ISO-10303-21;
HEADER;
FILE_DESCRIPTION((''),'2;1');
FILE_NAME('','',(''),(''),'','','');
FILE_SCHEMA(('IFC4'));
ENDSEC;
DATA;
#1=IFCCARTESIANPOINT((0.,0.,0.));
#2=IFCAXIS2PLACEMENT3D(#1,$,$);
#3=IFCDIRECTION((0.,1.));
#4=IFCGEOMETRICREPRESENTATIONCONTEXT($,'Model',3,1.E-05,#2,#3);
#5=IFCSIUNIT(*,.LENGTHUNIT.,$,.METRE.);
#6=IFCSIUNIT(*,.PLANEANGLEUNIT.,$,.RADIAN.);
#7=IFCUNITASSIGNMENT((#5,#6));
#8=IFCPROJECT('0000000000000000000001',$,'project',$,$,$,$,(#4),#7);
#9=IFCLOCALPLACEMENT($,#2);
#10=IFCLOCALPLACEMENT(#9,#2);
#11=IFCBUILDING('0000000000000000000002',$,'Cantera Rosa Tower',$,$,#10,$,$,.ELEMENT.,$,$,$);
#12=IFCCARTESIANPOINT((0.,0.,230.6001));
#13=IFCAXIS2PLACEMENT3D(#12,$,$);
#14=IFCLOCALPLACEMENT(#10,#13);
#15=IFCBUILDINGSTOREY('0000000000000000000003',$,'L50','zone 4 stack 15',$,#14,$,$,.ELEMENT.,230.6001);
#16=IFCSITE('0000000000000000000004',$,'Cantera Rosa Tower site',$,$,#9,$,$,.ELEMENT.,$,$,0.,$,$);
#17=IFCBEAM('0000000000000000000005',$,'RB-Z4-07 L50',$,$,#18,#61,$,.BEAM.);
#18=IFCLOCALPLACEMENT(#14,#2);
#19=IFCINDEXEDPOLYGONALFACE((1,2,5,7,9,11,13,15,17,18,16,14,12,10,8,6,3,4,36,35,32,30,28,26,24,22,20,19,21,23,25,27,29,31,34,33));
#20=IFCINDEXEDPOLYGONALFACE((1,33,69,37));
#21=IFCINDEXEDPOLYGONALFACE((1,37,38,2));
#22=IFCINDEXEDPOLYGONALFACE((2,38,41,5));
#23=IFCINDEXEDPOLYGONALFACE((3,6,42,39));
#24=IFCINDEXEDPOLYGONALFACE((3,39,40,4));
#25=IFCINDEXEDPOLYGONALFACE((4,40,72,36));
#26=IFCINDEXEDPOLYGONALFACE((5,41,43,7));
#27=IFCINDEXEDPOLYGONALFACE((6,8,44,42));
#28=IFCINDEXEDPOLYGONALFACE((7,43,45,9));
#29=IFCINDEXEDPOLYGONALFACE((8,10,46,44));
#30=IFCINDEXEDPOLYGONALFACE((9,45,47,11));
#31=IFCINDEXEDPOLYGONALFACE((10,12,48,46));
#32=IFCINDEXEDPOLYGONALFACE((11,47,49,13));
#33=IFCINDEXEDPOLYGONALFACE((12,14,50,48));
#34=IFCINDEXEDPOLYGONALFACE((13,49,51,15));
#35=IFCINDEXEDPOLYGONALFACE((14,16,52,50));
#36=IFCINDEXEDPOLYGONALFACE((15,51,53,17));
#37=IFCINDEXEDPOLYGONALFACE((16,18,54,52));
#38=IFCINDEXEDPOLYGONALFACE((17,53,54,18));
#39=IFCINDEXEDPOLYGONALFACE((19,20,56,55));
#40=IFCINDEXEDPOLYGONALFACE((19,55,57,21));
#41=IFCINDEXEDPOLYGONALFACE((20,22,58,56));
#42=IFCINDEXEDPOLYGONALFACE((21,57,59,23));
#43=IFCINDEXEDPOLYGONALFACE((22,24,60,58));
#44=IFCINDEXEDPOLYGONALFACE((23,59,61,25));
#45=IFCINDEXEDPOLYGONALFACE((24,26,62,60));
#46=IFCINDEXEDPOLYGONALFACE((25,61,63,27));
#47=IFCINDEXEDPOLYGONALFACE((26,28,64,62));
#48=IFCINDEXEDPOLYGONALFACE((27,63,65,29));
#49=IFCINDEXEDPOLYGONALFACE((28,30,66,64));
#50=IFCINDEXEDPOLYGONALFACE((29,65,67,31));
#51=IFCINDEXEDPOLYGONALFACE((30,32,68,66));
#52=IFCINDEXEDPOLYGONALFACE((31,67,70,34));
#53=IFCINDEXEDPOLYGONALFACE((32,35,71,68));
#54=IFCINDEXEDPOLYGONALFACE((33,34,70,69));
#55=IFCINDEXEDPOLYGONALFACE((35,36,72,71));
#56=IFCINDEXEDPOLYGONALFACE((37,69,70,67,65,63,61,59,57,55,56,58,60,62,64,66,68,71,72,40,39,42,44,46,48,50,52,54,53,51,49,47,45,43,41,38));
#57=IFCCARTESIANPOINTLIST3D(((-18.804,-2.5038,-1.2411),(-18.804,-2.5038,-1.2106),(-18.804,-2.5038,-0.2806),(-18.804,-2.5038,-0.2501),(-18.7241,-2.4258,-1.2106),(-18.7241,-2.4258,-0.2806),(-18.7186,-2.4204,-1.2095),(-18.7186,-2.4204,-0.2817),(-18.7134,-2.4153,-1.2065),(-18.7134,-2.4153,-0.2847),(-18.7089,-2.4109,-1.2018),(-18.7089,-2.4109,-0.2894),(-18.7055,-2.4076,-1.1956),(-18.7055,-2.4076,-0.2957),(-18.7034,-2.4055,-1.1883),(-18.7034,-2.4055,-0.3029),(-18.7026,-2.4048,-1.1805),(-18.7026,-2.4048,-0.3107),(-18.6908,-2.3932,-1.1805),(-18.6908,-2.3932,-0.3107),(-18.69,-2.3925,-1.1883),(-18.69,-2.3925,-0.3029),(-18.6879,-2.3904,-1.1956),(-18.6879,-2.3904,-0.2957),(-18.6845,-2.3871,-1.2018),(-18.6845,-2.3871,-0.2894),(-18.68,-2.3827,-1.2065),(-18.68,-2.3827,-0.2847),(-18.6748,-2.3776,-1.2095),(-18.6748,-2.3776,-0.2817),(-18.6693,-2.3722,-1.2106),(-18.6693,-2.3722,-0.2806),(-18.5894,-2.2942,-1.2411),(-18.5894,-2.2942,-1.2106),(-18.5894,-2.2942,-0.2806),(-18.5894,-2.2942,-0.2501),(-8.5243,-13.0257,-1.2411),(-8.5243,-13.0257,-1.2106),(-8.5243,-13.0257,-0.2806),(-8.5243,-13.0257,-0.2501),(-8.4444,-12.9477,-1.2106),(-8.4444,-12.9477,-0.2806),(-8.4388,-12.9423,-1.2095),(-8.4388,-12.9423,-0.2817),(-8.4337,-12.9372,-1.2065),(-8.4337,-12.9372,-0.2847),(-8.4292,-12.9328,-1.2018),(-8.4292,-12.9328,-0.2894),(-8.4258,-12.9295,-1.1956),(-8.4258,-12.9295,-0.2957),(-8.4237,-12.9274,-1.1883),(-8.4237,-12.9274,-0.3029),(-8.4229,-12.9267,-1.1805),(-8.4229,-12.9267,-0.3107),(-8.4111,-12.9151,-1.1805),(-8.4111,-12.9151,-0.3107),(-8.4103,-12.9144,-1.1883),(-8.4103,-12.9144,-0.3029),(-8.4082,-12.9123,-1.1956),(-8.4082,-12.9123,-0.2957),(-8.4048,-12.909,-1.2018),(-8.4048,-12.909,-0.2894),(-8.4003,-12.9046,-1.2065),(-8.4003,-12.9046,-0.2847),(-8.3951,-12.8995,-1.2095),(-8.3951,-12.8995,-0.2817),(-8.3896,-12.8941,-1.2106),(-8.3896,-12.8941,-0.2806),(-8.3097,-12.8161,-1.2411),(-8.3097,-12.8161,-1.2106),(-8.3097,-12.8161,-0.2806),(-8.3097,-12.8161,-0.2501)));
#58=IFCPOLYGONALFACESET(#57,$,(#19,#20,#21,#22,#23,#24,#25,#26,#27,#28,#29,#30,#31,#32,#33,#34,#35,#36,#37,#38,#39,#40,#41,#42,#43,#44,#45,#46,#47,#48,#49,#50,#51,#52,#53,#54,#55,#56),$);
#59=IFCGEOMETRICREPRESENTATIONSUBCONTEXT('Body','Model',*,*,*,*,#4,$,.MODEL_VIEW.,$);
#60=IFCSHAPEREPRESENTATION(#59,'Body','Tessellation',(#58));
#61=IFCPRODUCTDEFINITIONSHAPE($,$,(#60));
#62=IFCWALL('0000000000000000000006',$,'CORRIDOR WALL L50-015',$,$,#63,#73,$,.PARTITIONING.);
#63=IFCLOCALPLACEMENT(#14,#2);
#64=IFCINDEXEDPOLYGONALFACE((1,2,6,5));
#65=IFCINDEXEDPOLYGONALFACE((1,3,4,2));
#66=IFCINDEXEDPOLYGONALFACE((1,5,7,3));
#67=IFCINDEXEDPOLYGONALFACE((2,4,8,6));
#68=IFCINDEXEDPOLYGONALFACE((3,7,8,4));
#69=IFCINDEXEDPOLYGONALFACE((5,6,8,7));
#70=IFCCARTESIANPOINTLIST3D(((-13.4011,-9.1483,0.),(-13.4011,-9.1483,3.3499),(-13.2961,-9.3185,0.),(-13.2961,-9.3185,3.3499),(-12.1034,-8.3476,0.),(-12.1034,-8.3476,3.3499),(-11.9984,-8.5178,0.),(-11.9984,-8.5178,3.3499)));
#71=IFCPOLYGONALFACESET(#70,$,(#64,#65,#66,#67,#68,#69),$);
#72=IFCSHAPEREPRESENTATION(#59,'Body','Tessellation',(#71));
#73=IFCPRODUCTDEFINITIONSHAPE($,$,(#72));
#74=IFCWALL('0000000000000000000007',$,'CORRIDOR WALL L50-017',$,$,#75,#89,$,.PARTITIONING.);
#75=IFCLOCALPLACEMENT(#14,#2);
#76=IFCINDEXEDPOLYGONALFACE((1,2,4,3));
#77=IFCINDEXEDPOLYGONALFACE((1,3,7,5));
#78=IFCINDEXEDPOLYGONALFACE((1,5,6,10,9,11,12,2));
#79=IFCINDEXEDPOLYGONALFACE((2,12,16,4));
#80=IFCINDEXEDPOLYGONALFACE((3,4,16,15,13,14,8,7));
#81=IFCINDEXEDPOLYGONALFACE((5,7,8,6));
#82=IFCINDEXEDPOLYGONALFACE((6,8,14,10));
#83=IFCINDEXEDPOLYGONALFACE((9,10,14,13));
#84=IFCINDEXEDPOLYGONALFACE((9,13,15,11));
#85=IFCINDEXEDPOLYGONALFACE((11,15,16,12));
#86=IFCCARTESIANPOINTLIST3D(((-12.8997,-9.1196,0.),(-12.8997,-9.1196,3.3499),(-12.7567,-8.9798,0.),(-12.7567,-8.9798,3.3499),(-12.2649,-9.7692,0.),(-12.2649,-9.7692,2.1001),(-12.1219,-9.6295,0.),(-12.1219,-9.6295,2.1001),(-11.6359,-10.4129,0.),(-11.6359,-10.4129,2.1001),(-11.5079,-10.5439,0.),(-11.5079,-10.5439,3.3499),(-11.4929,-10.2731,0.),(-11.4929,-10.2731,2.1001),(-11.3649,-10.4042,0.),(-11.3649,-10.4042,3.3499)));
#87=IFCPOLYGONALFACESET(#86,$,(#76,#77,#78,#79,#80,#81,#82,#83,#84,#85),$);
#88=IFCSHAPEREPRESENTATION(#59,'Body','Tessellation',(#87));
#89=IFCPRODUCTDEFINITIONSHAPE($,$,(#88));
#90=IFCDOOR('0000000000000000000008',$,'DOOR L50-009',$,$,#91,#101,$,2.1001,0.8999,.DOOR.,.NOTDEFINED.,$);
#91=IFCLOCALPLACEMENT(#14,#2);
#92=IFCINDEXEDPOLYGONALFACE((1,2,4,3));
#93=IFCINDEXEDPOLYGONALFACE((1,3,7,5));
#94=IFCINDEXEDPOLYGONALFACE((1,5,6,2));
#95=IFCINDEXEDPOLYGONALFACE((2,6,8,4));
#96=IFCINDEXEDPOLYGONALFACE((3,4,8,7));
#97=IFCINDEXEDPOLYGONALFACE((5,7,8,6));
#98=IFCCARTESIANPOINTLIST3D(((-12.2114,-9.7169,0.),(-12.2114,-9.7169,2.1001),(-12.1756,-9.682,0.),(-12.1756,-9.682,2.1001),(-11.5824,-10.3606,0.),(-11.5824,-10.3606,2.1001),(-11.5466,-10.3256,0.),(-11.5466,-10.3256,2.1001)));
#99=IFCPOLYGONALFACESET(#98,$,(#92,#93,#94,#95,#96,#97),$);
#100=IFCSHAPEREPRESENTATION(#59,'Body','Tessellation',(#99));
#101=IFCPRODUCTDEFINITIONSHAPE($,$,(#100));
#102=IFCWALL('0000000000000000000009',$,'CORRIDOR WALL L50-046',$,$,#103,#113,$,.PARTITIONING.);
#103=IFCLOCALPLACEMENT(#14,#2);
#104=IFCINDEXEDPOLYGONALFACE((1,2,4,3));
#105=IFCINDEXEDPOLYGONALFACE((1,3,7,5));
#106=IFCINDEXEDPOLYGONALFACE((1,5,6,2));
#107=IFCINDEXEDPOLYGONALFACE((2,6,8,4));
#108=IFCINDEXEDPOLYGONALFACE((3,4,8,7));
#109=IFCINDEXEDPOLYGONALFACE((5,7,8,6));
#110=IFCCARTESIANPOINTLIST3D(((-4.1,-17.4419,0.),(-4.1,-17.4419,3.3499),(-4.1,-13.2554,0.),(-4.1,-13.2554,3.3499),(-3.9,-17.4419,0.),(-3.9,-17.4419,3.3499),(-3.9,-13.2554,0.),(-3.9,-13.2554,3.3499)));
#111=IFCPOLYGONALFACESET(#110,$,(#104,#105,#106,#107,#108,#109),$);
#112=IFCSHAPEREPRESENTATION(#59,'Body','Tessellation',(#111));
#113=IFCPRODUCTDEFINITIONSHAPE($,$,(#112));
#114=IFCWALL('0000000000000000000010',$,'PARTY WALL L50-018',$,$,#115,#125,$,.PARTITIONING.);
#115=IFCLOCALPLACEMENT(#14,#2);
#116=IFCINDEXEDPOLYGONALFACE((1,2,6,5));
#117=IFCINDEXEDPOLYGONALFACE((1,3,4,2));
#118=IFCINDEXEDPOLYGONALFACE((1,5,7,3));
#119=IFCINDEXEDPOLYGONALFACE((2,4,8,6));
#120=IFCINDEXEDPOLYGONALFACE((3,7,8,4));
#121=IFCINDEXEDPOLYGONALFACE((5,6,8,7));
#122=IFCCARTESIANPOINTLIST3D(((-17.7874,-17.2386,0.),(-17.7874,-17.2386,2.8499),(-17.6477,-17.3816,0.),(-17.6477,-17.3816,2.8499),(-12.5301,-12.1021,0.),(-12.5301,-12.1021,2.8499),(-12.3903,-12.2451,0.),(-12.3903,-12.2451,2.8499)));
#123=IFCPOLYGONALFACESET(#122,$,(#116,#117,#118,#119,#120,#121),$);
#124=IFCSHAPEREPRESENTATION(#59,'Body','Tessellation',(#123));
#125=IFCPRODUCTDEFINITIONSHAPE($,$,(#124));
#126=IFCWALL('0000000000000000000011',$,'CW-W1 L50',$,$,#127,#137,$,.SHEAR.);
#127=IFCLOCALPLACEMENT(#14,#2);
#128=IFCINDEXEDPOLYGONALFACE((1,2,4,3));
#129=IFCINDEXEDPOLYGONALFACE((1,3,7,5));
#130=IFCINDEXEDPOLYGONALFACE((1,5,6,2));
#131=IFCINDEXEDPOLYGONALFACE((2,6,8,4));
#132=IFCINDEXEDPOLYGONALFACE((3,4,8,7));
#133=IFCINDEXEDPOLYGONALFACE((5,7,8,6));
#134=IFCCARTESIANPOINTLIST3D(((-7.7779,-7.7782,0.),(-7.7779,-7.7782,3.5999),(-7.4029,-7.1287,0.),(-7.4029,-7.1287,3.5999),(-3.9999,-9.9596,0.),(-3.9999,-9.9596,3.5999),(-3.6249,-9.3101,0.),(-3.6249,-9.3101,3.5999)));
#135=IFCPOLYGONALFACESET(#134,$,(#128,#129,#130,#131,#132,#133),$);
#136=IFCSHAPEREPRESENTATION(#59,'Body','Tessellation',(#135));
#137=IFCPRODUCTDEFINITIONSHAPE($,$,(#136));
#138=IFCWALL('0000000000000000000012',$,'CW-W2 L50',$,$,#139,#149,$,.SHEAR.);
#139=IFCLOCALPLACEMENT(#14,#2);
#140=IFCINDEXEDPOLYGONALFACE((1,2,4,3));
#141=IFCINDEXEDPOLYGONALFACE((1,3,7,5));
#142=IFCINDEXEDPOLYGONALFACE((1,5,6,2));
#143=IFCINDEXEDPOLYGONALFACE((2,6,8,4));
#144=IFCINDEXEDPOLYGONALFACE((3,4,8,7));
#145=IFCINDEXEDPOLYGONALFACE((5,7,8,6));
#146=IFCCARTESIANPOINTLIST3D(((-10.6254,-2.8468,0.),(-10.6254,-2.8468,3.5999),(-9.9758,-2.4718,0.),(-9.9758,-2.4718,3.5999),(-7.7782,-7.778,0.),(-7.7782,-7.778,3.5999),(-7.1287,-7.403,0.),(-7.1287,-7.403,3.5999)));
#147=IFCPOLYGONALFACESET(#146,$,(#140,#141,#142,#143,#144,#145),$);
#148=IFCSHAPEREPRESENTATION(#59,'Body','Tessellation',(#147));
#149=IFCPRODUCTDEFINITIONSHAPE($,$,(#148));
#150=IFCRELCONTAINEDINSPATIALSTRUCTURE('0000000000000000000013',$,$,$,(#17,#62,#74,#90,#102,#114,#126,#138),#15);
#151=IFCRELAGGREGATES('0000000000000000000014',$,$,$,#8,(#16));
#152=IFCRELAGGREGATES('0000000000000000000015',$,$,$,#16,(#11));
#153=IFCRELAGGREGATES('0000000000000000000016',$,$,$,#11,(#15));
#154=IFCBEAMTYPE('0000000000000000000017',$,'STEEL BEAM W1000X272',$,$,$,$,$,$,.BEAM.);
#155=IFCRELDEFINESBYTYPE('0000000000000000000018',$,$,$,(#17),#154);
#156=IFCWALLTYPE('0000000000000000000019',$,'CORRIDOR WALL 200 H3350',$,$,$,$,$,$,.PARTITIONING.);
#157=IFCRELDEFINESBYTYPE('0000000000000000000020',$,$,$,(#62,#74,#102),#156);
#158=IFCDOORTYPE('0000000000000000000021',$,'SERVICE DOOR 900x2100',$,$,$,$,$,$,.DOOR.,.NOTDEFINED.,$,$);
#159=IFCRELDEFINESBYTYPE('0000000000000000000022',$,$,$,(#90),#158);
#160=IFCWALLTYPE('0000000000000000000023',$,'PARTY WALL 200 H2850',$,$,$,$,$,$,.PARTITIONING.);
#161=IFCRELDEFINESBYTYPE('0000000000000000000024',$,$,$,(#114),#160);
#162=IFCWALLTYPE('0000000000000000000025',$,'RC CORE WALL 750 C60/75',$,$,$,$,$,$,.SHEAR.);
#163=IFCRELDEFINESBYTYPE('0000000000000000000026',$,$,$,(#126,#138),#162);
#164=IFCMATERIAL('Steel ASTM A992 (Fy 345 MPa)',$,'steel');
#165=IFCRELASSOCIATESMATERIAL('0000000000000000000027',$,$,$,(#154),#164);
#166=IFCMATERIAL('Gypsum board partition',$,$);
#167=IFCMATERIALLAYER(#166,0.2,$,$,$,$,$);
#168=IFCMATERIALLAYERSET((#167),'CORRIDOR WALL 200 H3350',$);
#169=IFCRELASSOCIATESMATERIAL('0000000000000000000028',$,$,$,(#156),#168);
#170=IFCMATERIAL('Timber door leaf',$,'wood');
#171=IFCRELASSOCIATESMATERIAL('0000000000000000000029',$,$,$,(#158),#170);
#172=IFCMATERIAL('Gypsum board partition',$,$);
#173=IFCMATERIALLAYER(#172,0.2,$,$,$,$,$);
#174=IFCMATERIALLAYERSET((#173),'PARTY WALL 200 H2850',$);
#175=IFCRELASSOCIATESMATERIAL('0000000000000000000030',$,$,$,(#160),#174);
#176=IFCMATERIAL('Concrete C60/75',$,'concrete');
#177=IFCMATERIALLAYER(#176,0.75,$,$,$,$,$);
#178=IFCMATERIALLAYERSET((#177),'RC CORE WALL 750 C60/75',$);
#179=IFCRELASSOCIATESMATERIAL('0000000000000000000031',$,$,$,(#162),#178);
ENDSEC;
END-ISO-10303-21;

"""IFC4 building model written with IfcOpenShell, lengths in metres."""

from ifc_helpers import new_model, si_unit, direction, frame, frame_2d, origin, origin_2d, place, context, subcontext, project, spatial, rectangle, i_section, extrude, material, layer, layer_set, material_profile, profile_set, type_object, element, fill, save


model = new_model("IFC4")

# Units and contexts
model_context = context("Model", 3, precision=1e-05, world=origin(), true_north=direction((0.0, 1.0)))
body_context = subcontext(model_context, "Body", "Model", "MODEL_VIEW")
ifc_project = project(units=[si_unit("LENGTHUNIT", "METRE"), si_unit("PLANEANGLEUNIT", "RADIAN")], contexts=[model_context])

# Site, building, storey
site_placement = place(None, origin())
site = spatial("IfcSite", under=ifc_project, at=site_placement, Name="Cantera Rosa Tower site", CompositionType="ELEMENT", RefElevation=0.0)
building_placement = place(site_placement, origin())
building = spatial("IfcBuilding", under=site, at=building_placement, Name="Cantera Rosa Tower", CompositionType="ELEMENT")
storey_placement = place(building_placement, frame((0.0, 0.0, 230.6001)))
storey = spatial("IfcBuildingStorey", under=building, at=storey_placement, Name="L50", Description="zone 4 stack 15", CompositionType="ELEMENT", Elevation=230.6001)

# Beam
ifc_material_1 = material(Name="Steel ASTM A992 (Fy 345 MPa)", Category="steel")
ifc_material_profile = material_profile(ifc_material_1, i_section(OverallWidth=0.3, OverallDepth=0.991, WebThickness=0.0166, FlangeThickness=0.0305, FilletRadius=0.03, at=origin_2d()), Name="W1000X272")
ifc_profile_set = profile_set([ifc_material_profile], Name="Steel ASTM A992 (Fy 345 MPa)")
beam_type = type_object("IfcBeamType", Name="STEEL BEAM W1000X272", PredefinedType="BEAM", material=ifc_profile_set)
beam_placement = place(storey_placement, frame((-8.417, -12.9209, -0.7456), z_axis=(-0.698827, 0.715291, 0.0), x_axis=(-0.715291, -0.698827, 0.0)))
element("IfcBeam", 1, at=beam_placement, inside=storey, type_object=beam_type, Name="RB-Z4-07 L50", PredefinedType="BEAM", context=body_context, shape_type="SweptSolid", body=[
    extrude(i_section(OverallWidth=0.3, OverallDepth=0.991, WebThickness=0.0166, FlangeThickness=0.0305, FilletRadius=0.03, at=origin_2d()), origin(), (0.0, 0.0, 1.0), 14.71),
])

# Wall
ifc_material_2 = material(Name="Gypsum board partition")
ifc_layer_1 = layer(ifc_material_2, 0.2)
ifc_layer_set_1 = layer_set([ifc_layer_1], Name="CORRIDOR WALL 200 H3350")
wall_type_1 = type_object("IfcWallType", Name="CORRIDOR WALL 200 H3350", PredefinedType="PARTITIONING", material=ifc_layer_set_1)
wall_1_placement = place(storey_placement, frame((-13.3486, -9.2334, 0.0), z_axis=(0.0, 0.0, 1.0), x_axis=(0.851042, 0.525097, 0.0)))
element("IfcWall", 2, at=wall_1_placement, inside=storey, type_object=wall_type_1, Name="CORRIDOR WALL L50-015", PredefinedType="PARTITIONING", context=body_context, shape_type="SweptSolid", body=[
    extrude(rectangle(XDim=1.5249, YDim=0.2, at=frame_2d((0.7625, 0.0))), origin(), (0.0, 0.0, 1.0), 3.3499),
])

# Wall, opening, door
wall_2_placement = place(storey_placement, frame((-12.8281, -9.0498, 0.0), z_axis=(0.0, 0.0, 1.0), x_axis=(0.698907, -0.715212, 0.0)))
wall_2 = element("IfcWall", 3, at=wall_2_placement, inside=storey, type_object=wall_type_1, Name="CORRIDOR WALL L50-017", PredefinedType="PARTITIONING", context=body_context, shape_type="SweptSolid", body=[
    extrude(rectangle(XDim=1.9915, YDim=0.2, at=frame_2d((0.9956, 0.0))), origin(), (0.0, 0.0, 1.0), 3.3499),
])
opening_1_placement = place(wall_2_placement, frame((0.9082, 0.0, 0.0)))
opening_1 = element("IfcOpeningElement", 4, at=opening_1_placement, cuts=wall_2, PredefinedType="OPENING", context=body_context, shape_type="SweptSolid", body=[
    extrude(rectangle(XDim=0.8999, YDim=2.1001, at=frame_2d((0.45, 1.05))), frame((0.0, 0.1099, 0.0), z_axis=(0.0, -1.0, 0.0), x_axis=(1.0, 0.0, 0.0)), (0.0, 0.0, 1.0), 0.22),
])
ifc_material_3 = material(Name="Timber door leaf", Category="wood")
door_type_1 = type_object("IfcDoorType", Name="SERVICE DOOR 900x2100", OperationType="NOTDEFINED", PredefinedType="DOOR", material=ifc_material_3)
door_1_placement = place(opening_1_placement, origin())
door_1 = element("IfcDoor", 5, at=door_1_placement, inside=storey, type_object=door_type_1, Name="DOOR L50-009", OperationType="NOTDEFINED", OverallHeight=2.1001, OverallWidth=0.8999, PredefinedType="DOOR", context=body_context, shape_type="SweptSolid", body=[
    extrude(rectangle(XDim=0.8999, YDim=2.1001, at=frame_2d((0.45, 1.05))), frame((0.0, 0.0249, 0.0), z_axis=(0.0, -1.0, 0.0), x_axis=(1.0, 0.0, 0.0)), (0.0, 0.0, 1.0), 0.05),
])
fill(opening_1, door_1)

# Walls
wall_3_placement = place(storey_placement, frame((-4.0, -13.2554, 0.0), z_axis=(0.0, 0.0, 1.0), x_axis=(0.0, -1.0, 0.0)))
element("IfcWall", 6, at=wall_3_placement, inside=storey, type_object=wall_type_1, Name="CORRIDOR WALL L50-046", PredefinedType="PARTITIONING", context=body_context, shape_type="SweptSolid", body=[
    extrude(rectangle(XDim=4.1865, YDim=0.2, at=frame_2d((2.0933, 0.0))), origin(), (0.0, 0.0, 1.0), 3.3499),
])
ifc_material_4 = material(Name="Gypsum board partition")
ifc_layer_2 = layer(ifc_material_4, 0.2)
ifc_layer_set_2 = layer_set([ifc_layer_2], Name="PARTY WALL 200 H2850")
wall_type_2 = type_object("IfcWallType", Name="PARTY WALL 200 H2850", PredefinedType="PARTITIONING", material=ifc_layer_set_2)
wall_4_placement = place(storey_placement, frame((-12.4602, -12.1736, 0.0), z_axis=(0.0, 0.0, 1.0), x_axis=(-0.71528, -0.698838, 0.0)))
element("IfcWall", 7, at=wall_4_placement, inside=storey, type_object=wall_type_2, Name="PARTY WALL L50-018", PredefinedType="PARTITIONING", context=body_context, shape_type="SweptSolid", body=[
    extrude(rectangle(XDim=7.3501, YDim=0.2, at=frame_2d((3.675, 0.0))), origin(), (0.0, 0.0, 1.0), 2.8499),
])
ifc_material_5 = material(Name="Concrete C60/75", Category="concrete")
ifc_layer_3 = layer(ifc_material_5, 0.75)
ifc_layer_set_3 = layer_set([ifc_layer_3], Name="RC CORE WALL 750 C60/75")
wall_type_3 = type_object("IfcWallType", Name="RC CORE WALL 750 C60/75", PredefinedType="SHEAR", material=ifc_layer_set_3)
wall_5_placement = place(storey_placement, frame((-3.8125, -9.6348, 0.0), z_axis=(0.0, 0.0, 1.0), x_axis=(-0.866013, 0.500021, 0.0)))
element("IfcWall", 8, at=wall_5_placement, inside=storey, type_object=wall_type_3, Name="CW-W1 L50", PredefinedType="SHEAR", context=body_context, shape_type="SweptSolid", body=[
    extrude(rectangle(XDim=4.3625, YDim=0.75, at=frame_2d((2.1812, 0.0))), origin(), (0.0, 0.0, 1.0), 3.5999),
])
wall_6_placement = place(storey_placement, frame((-7.4534, -7.5906, 0.0), z_axis=(0.0, 0.0, 1.0), x_axis=(-0.500022, 0.866013, 0.0)))
element("IfcWall", 9, at=wall_6_placement, inside=storey, type_object=wall_type_3, Name="CW-W2 L50", PredefinedType="SHEAR", context=body_context, shape_type="SweptSolid", body=[
    extrude(rectangle(XDim=5.6941, YDim=0.75, at=frame_2d((2.8472, 0.0))), origin(), (0.0, 0.0, 1.0), 3.5999),
])

save(model, "model.ifc")
